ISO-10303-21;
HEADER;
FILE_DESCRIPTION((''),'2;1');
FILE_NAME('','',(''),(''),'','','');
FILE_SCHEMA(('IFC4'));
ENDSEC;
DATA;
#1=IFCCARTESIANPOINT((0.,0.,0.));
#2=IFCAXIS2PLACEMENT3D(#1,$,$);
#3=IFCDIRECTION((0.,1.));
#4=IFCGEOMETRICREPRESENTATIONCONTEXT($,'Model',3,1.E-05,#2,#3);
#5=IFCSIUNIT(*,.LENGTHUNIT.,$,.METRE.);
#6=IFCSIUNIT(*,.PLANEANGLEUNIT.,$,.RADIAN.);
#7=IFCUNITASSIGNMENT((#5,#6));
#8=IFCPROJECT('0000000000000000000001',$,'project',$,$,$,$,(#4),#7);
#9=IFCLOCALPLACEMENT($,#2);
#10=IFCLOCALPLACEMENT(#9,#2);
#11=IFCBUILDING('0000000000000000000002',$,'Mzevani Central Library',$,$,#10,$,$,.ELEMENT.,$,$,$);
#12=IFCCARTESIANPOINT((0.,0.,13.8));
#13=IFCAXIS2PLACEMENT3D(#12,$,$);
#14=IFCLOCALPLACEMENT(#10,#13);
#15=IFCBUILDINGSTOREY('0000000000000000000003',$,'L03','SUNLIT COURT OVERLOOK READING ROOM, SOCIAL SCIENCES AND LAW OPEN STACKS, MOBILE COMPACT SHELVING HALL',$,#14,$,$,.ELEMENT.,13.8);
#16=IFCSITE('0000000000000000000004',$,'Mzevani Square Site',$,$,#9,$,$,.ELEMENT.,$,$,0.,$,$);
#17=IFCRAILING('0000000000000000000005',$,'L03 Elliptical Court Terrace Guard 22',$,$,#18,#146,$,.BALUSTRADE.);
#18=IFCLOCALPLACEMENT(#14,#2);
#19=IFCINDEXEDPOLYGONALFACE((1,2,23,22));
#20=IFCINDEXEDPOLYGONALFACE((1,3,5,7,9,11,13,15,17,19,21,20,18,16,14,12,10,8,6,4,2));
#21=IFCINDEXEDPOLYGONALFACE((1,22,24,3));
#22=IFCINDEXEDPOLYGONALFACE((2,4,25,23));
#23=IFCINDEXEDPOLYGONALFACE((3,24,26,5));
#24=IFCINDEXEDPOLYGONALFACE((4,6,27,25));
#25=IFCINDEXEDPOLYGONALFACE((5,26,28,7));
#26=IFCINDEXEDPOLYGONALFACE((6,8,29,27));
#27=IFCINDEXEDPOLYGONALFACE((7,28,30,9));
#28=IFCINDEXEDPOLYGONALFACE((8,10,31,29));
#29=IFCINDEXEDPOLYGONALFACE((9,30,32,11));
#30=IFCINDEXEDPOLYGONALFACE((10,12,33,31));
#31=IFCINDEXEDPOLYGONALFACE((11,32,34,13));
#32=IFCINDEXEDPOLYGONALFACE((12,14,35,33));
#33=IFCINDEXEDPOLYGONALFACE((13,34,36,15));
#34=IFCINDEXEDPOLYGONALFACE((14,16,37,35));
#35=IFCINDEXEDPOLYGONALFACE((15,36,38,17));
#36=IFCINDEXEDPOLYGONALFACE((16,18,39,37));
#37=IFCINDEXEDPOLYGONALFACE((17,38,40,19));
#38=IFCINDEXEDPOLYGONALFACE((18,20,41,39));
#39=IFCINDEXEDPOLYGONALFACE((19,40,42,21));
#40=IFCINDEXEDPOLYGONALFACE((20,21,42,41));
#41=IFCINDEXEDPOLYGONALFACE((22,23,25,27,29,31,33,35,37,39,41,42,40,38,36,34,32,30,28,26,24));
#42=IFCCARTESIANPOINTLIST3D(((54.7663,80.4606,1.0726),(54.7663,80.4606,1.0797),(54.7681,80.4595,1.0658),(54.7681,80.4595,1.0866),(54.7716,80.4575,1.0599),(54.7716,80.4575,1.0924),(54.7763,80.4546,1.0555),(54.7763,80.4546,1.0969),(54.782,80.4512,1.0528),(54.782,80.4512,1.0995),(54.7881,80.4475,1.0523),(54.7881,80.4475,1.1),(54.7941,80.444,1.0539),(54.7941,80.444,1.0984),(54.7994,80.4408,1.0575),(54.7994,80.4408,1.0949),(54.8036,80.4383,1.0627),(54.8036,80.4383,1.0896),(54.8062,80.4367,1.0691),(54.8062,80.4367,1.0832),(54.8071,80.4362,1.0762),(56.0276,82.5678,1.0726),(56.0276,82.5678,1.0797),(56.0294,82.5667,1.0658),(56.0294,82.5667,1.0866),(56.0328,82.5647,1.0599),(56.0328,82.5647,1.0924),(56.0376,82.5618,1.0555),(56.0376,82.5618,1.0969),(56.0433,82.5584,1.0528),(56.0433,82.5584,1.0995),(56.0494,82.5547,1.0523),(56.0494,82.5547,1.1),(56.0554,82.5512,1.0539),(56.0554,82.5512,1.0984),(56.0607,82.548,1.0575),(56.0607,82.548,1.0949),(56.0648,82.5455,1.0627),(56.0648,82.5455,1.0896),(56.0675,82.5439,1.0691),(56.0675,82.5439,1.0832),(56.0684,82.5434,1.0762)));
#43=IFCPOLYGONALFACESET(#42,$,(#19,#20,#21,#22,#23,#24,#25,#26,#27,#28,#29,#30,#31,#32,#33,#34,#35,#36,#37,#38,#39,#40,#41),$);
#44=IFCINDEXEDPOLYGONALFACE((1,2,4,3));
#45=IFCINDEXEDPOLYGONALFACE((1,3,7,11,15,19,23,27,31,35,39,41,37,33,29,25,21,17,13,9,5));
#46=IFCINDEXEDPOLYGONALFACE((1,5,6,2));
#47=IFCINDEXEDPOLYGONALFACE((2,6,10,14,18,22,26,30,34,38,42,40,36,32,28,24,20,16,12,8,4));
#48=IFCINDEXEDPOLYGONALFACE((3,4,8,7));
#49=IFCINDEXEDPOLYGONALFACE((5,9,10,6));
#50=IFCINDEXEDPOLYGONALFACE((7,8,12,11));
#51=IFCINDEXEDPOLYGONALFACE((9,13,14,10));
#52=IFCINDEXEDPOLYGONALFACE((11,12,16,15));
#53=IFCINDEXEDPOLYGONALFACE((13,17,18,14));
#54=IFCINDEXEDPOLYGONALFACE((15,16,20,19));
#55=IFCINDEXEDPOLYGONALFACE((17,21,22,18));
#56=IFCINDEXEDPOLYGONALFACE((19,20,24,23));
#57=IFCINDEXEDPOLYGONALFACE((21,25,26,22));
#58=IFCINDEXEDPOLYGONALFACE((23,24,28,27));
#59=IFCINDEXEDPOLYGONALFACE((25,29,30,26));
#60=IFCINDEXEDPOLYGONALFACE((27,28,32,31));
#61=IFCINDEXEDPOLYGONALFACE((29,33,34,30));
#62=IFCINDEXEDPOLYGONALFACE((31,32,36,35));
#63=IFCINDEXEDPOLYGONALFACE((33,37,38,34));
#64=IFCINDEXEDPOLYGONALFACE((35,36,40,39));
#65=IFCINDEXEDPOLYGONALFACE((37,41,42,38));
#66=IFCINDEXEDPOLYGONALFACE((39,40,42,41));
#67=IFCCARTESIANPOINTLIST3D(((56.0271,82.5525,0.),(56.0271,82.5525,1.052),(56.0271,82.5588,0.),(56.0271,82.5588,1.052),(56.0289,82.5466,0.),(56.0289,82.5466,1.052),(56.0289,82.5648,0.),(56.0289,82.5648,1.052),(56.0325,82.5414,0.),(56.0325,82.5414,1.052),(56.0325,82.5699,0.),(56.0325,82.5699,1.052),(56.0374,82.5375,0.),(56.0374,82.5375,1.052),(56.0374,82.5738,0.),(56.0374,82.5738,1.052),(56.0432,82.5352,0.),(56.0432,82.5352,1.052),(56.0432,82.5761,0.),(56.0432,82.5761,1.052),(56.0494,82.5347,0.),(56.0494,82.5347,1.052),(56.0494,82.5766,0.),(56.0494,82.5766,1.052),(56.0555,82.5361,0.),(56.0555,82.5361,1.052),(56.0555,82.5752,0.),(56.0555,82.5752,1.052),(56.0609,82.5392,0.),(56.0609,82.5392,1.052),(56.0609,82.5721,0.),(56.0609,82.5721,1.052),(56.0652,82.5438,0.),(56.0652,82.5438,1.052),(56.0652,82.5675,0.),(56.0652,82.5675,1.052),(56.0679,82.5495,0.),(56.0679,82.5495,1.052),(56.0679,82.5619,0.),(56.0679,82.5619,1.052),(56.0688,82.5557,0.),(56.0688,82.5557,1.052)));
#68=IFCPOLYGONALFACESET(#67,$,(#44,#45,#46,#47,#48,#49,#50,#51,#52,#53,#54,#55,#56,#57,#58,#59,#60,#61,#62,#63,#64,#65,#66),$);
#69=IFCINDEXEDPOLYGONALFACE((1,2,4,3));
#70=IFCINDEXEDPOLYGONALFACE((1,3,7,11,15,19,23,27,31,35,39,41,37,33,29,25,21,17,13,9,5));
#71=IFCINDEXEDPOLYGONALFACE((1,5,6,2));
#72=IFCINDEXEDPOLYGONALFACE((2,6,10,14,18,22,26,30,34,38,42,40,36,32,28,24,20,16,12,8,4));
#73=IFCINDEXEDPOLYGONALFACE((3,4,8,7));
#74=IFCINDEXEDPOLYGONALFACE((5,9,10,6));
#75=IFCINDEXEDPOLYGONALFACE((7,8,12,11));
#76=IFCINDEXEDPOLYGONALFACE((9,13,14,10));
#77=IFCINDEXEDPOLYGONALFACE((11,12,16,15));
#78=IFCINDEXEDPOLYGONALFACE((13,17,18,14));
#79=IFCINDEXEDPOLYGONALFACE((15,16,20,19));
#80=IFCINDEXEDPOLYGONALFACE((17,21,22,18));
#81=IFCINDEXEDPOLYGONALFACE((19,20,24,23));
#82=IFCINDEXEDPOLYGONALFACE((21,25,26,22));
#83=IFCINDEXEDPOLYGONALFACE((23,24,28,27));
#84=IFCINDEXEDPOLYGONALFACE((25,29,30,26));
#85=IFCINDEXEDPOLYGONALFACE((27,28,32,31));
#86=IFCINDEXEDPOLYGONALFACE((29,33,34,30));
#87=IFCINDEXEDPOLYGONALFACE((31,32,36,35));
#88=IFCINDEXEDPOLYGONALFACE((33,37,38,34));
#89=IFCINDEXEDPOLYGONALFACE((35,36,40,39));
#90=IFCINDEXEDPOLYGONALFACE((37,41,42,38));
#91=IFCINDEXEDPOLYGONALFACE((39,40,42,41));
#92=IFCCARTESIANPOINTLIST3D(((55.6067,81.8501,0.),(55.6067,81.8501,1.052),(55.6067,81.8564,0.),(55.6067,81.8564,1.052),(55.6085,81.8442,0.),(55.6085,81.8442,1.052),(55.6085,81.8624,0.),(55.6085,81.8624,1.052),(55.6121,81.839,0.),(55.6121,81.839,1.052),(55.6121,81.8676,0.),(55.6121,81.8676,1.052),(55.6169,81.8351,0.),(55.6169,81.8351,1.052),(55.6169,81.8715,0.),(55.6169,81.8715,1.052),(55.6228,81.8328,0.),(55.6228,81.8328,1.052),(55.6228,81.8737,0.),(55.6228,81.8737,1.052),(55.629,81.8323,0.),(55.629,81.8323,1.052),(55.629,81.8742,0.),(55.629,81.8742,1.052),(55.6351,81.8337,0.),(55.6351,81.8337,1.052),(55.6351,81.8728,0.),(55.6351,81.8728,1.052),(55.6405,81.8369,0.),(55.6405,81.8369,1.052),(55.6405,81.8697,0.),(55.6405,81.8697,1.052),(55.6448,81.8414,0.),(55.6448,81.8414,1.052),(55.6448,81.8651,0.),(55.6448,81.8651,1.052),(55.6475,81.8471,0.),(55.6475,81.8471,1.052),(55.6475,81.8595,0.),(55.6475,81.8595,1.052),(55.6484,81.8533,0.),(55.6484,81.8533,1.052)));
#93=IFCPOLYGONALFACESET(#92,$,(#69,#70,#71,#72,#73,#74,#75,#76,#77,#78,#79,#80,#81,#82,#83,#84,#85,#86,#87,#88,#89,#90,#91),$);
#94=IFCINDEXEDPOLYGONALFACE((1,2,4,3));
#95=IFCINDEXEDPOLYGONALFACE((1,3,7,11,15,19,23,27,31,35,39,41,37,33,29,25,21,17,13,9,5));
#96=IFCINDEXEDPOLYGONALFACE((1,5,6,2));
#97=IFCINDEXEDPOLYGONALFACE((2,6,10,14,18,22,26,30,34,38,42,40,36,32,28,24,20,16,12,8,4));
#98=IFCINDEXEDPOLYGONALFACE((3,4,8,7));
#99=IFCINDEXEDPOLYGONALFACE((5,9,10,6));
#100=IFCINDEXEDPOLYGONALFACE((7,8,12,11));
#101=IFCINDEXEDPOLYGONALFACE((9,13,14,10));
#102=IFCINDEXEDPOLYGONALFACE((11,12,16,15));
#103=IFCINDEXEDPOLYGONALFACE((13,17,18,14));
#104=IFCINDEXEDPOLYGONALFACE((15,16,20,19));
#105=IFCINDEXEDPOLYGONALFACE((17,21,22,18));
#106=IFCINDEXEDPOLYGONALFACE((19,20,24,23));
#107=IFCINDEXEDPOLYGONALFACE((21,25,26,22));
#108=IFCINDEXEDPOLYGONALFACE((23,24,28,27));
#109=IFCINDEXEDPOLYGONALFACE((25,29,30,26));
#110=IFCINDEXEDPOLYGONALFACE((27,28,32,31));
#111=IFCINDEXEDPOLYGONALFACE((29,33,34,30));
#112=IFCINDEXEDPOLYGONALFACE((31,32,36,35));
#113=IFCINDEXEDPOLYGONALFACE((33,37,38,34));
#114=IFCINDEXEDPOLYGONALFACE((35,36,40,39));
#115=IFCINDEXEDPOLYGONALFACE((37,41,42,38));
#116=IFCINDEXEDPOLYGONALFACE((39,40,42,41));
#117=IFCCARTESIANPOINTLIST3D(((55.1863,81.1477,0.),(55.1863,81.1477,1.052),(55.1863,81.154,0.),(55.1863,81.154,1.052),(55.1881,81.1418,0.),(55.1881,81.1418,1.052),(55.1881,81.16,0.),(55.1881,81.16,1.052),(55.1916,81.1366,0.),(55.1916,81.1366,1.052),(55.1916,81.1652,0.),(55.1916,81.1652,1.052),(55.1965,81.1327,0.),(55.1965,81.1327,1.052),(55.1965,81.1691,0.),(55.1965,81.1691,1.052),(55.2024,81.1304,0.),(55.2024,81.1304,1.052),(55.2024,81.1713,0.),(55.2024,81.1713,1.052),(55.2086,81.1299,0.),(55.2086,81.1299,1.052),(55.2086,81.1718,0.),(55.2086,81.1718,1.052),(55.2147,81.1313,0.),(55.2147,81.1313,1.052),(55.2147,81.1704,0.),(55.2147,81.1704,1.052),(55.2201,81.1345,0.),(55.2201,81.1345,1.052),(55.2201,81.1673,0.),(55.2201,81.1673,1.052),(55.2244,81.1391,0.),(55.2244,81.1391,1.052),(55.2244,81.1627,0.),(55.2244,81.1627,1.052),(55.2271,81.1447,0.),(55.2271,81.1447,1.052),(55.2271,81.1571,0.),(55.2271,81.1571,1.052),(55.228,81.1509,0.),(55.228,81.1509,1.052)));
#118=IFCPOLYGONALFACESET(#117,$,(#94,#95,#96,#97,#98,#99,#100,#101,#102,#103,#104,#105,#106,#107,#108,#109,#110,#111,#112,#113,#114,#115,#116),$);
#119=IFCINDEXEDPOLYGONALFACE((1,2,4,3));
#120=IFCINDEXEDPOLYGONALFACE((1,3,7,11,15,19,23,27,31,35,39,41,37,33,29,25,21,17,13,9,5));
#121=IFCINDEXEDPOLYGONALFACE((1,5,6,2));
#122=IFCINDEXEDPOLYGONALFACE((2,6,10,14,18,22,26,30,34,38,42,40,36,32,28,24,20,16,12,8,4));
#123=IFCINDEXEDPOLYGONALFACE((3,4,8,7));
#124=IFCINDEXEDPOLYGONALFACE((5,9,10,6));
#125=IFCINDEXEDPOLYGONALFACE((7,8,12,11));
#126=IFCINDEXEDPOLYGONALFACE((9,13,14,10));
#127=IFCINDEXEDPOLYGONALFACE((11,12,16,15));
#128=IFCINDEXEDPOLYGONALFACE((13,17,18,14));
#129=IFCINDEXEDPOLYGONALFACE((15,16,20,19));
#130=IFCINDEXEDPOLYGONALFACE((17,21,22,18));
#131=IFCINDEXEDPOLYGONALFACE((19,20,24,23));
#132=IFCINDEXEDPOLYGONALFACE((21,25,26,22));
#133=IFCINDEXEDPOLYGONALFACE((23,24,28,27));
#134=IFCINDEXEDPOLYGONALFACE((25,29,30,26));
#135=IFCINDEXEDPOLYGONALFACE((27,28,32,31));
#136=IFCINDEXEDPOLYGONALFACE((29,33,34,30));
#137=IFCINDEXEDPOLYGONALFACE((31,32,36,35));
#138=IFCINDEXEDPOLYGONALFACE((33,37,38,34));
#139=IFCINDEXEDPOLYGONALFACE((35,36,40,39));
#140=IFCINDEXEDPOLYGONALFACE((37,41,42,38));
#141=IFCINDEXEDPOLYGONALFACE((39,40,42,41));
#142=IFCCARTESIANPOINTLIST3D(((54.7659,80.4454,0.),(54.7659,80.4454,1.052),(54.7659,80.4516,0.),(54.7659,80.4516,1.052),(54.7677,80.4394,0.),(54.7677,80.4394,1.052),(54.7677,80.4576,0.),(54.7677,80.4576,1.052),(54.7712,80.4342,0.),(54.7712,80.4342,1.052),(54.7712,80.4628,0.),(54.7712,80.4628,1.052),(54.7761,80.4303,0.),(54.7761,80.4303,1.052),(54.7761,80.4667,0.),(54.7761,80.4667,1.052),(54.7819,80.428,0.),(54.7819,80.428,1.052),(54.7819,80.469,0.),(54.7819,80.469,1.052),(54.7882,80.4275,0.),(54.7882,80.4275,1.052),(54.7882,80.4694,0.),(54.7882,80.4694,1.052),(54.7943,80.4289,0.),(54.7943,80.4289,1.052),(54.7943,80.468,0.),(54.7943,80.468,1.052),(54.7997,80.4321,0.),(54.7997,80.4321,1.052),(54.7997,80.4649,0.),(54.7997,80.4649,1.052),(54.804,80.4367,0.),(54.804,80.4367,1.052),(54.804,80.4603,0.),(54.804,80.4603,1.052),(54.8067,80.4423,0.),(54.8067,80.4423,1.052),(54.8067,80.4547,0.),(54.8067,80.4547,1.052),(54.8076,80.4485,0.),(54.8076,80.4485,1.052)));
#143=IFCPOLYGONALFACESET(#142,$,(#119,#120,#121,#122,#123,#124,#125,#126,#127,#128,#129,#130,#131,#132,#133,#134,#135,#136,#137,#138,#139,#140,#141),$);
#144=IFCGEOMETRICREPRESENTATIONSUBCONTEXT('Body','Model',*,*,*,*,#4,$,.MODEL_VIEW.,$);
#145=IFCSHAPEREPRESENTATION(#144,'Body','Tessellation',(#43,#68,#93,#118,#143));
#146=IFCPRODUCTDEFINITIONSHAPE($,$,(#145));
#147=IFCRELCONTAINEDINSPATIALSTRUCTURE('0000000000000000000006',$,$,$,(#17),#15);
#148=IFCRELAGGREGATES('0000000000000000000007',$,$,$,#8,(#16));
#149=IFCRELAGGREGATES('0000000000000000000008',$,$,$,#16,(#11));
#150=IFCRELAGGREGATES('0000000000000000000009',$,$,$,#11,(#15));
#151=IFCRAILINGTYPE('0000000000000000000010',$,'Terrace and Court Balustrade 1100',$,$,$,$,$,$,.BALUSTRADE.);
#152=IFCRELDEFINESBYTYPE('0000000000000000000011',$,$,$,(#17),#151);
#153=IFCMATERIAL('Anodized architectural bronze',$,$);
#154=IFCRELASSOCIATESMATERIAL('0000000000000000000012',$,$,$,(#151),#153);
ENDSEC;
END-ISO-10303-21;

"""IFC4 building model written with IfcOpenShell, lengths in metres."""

from ifc_helpers import new_model, si_unit, direction, frame, origin, origin_2d, place, context, subcontext, project, spatial, circle, extrude, material, type_object, element, save


model = new_model("IFC4")

# Units and contexts
model_context = context("Model", 3, precision=1e-05, world=origin(), true_north=direction((0.0, 1.0)))
body_context = subcontext(model_context, "Body", "Model", "MODEL_VIEW")
ifc_project = project(units=[si_unit("LENGTHUNIT", "METRE"), si_unit("PLANEANGLEUNIT", "RADIAN")], contexts=[model_context])

# Site, building, storey
site_placement = place(None, origin())
site = spatial("IfcSite", under=ifc_project, at=site_placement, Name="Mzevani Square Site", CompositionType="ELEMENT", RefElevation=0.0)
building_placement = place(site_placement, origin())
building = spatial("IfcBuilding", under=site, at=building_placement, Name="Mzevani Central Library", CompositionType="ELEMENT")
storey_placement = place(building_placement, frame((0.0, 0.0, 13.8)))
storey = spatial("IfcBuildingStorey", under=building, at=storey_placement, Name="L03", Description="SUNLIT COURT OVERLOOK READING ROOM, SOCIAL SCIENCES AND LAW OPEN STACKS, MOBILE COMPACT SHELVING HALL", CompositionType="ELEMENT", Elevation=13.8)

# Railing
ifc_material_1 = material(Name="Anodized architectural bronze")
railing_type = type_object("IfcRailingType", Name="Terrace and Court Balustrade 1100", PredefinedType="BALUSTRADE", material=ifc_material_1)
railing_1_placement = place(storey_placement, frame((56.0479, 82.5557, 0.0)))
element("IfcRailing", 1, at=railing_1_placement, inside=storey, type_object=railing_type, Name="L03 Elliptical Court Terrace Guard 22", PredefinedType="BALUSTRADE", context=body_context, shape_type="SweptSolid", body=[
    extrude(circle(Radius=0.0239, at=origin_2d()), frame((0.0, 0.0, 1.0762), z_axis=(-0.513574, -0.858045, 0.0), x_axis=(0.858045, -0.513574, 0.0)), (0.0, 0.0, 1.0), 2.4558),
    extrude(circle(Radius=0.021, at=origin_2d()), origin(), (0.0, 0.0, 1.0), 1.052),
    extrude(circle(Radius=0.021, at=origin_2d()), frame((-0.4204, -0.7024, 0.0)), (0.0, 0.0, 1.0), 1.052),
    extrude(circle(Radius=0.021, at=origin_2d()), frame((-0.8408, -1.4048, 0.0)), (0.0, 0.0, 1.0), 1.052),
    extrude(circle(Radius=0.021, at=origin_2d()), frame((-1.2612, -2.1072, 0.0)), (0.0, 0.0, 1.0), 1.052),
])

save(model, "model.ifc")
